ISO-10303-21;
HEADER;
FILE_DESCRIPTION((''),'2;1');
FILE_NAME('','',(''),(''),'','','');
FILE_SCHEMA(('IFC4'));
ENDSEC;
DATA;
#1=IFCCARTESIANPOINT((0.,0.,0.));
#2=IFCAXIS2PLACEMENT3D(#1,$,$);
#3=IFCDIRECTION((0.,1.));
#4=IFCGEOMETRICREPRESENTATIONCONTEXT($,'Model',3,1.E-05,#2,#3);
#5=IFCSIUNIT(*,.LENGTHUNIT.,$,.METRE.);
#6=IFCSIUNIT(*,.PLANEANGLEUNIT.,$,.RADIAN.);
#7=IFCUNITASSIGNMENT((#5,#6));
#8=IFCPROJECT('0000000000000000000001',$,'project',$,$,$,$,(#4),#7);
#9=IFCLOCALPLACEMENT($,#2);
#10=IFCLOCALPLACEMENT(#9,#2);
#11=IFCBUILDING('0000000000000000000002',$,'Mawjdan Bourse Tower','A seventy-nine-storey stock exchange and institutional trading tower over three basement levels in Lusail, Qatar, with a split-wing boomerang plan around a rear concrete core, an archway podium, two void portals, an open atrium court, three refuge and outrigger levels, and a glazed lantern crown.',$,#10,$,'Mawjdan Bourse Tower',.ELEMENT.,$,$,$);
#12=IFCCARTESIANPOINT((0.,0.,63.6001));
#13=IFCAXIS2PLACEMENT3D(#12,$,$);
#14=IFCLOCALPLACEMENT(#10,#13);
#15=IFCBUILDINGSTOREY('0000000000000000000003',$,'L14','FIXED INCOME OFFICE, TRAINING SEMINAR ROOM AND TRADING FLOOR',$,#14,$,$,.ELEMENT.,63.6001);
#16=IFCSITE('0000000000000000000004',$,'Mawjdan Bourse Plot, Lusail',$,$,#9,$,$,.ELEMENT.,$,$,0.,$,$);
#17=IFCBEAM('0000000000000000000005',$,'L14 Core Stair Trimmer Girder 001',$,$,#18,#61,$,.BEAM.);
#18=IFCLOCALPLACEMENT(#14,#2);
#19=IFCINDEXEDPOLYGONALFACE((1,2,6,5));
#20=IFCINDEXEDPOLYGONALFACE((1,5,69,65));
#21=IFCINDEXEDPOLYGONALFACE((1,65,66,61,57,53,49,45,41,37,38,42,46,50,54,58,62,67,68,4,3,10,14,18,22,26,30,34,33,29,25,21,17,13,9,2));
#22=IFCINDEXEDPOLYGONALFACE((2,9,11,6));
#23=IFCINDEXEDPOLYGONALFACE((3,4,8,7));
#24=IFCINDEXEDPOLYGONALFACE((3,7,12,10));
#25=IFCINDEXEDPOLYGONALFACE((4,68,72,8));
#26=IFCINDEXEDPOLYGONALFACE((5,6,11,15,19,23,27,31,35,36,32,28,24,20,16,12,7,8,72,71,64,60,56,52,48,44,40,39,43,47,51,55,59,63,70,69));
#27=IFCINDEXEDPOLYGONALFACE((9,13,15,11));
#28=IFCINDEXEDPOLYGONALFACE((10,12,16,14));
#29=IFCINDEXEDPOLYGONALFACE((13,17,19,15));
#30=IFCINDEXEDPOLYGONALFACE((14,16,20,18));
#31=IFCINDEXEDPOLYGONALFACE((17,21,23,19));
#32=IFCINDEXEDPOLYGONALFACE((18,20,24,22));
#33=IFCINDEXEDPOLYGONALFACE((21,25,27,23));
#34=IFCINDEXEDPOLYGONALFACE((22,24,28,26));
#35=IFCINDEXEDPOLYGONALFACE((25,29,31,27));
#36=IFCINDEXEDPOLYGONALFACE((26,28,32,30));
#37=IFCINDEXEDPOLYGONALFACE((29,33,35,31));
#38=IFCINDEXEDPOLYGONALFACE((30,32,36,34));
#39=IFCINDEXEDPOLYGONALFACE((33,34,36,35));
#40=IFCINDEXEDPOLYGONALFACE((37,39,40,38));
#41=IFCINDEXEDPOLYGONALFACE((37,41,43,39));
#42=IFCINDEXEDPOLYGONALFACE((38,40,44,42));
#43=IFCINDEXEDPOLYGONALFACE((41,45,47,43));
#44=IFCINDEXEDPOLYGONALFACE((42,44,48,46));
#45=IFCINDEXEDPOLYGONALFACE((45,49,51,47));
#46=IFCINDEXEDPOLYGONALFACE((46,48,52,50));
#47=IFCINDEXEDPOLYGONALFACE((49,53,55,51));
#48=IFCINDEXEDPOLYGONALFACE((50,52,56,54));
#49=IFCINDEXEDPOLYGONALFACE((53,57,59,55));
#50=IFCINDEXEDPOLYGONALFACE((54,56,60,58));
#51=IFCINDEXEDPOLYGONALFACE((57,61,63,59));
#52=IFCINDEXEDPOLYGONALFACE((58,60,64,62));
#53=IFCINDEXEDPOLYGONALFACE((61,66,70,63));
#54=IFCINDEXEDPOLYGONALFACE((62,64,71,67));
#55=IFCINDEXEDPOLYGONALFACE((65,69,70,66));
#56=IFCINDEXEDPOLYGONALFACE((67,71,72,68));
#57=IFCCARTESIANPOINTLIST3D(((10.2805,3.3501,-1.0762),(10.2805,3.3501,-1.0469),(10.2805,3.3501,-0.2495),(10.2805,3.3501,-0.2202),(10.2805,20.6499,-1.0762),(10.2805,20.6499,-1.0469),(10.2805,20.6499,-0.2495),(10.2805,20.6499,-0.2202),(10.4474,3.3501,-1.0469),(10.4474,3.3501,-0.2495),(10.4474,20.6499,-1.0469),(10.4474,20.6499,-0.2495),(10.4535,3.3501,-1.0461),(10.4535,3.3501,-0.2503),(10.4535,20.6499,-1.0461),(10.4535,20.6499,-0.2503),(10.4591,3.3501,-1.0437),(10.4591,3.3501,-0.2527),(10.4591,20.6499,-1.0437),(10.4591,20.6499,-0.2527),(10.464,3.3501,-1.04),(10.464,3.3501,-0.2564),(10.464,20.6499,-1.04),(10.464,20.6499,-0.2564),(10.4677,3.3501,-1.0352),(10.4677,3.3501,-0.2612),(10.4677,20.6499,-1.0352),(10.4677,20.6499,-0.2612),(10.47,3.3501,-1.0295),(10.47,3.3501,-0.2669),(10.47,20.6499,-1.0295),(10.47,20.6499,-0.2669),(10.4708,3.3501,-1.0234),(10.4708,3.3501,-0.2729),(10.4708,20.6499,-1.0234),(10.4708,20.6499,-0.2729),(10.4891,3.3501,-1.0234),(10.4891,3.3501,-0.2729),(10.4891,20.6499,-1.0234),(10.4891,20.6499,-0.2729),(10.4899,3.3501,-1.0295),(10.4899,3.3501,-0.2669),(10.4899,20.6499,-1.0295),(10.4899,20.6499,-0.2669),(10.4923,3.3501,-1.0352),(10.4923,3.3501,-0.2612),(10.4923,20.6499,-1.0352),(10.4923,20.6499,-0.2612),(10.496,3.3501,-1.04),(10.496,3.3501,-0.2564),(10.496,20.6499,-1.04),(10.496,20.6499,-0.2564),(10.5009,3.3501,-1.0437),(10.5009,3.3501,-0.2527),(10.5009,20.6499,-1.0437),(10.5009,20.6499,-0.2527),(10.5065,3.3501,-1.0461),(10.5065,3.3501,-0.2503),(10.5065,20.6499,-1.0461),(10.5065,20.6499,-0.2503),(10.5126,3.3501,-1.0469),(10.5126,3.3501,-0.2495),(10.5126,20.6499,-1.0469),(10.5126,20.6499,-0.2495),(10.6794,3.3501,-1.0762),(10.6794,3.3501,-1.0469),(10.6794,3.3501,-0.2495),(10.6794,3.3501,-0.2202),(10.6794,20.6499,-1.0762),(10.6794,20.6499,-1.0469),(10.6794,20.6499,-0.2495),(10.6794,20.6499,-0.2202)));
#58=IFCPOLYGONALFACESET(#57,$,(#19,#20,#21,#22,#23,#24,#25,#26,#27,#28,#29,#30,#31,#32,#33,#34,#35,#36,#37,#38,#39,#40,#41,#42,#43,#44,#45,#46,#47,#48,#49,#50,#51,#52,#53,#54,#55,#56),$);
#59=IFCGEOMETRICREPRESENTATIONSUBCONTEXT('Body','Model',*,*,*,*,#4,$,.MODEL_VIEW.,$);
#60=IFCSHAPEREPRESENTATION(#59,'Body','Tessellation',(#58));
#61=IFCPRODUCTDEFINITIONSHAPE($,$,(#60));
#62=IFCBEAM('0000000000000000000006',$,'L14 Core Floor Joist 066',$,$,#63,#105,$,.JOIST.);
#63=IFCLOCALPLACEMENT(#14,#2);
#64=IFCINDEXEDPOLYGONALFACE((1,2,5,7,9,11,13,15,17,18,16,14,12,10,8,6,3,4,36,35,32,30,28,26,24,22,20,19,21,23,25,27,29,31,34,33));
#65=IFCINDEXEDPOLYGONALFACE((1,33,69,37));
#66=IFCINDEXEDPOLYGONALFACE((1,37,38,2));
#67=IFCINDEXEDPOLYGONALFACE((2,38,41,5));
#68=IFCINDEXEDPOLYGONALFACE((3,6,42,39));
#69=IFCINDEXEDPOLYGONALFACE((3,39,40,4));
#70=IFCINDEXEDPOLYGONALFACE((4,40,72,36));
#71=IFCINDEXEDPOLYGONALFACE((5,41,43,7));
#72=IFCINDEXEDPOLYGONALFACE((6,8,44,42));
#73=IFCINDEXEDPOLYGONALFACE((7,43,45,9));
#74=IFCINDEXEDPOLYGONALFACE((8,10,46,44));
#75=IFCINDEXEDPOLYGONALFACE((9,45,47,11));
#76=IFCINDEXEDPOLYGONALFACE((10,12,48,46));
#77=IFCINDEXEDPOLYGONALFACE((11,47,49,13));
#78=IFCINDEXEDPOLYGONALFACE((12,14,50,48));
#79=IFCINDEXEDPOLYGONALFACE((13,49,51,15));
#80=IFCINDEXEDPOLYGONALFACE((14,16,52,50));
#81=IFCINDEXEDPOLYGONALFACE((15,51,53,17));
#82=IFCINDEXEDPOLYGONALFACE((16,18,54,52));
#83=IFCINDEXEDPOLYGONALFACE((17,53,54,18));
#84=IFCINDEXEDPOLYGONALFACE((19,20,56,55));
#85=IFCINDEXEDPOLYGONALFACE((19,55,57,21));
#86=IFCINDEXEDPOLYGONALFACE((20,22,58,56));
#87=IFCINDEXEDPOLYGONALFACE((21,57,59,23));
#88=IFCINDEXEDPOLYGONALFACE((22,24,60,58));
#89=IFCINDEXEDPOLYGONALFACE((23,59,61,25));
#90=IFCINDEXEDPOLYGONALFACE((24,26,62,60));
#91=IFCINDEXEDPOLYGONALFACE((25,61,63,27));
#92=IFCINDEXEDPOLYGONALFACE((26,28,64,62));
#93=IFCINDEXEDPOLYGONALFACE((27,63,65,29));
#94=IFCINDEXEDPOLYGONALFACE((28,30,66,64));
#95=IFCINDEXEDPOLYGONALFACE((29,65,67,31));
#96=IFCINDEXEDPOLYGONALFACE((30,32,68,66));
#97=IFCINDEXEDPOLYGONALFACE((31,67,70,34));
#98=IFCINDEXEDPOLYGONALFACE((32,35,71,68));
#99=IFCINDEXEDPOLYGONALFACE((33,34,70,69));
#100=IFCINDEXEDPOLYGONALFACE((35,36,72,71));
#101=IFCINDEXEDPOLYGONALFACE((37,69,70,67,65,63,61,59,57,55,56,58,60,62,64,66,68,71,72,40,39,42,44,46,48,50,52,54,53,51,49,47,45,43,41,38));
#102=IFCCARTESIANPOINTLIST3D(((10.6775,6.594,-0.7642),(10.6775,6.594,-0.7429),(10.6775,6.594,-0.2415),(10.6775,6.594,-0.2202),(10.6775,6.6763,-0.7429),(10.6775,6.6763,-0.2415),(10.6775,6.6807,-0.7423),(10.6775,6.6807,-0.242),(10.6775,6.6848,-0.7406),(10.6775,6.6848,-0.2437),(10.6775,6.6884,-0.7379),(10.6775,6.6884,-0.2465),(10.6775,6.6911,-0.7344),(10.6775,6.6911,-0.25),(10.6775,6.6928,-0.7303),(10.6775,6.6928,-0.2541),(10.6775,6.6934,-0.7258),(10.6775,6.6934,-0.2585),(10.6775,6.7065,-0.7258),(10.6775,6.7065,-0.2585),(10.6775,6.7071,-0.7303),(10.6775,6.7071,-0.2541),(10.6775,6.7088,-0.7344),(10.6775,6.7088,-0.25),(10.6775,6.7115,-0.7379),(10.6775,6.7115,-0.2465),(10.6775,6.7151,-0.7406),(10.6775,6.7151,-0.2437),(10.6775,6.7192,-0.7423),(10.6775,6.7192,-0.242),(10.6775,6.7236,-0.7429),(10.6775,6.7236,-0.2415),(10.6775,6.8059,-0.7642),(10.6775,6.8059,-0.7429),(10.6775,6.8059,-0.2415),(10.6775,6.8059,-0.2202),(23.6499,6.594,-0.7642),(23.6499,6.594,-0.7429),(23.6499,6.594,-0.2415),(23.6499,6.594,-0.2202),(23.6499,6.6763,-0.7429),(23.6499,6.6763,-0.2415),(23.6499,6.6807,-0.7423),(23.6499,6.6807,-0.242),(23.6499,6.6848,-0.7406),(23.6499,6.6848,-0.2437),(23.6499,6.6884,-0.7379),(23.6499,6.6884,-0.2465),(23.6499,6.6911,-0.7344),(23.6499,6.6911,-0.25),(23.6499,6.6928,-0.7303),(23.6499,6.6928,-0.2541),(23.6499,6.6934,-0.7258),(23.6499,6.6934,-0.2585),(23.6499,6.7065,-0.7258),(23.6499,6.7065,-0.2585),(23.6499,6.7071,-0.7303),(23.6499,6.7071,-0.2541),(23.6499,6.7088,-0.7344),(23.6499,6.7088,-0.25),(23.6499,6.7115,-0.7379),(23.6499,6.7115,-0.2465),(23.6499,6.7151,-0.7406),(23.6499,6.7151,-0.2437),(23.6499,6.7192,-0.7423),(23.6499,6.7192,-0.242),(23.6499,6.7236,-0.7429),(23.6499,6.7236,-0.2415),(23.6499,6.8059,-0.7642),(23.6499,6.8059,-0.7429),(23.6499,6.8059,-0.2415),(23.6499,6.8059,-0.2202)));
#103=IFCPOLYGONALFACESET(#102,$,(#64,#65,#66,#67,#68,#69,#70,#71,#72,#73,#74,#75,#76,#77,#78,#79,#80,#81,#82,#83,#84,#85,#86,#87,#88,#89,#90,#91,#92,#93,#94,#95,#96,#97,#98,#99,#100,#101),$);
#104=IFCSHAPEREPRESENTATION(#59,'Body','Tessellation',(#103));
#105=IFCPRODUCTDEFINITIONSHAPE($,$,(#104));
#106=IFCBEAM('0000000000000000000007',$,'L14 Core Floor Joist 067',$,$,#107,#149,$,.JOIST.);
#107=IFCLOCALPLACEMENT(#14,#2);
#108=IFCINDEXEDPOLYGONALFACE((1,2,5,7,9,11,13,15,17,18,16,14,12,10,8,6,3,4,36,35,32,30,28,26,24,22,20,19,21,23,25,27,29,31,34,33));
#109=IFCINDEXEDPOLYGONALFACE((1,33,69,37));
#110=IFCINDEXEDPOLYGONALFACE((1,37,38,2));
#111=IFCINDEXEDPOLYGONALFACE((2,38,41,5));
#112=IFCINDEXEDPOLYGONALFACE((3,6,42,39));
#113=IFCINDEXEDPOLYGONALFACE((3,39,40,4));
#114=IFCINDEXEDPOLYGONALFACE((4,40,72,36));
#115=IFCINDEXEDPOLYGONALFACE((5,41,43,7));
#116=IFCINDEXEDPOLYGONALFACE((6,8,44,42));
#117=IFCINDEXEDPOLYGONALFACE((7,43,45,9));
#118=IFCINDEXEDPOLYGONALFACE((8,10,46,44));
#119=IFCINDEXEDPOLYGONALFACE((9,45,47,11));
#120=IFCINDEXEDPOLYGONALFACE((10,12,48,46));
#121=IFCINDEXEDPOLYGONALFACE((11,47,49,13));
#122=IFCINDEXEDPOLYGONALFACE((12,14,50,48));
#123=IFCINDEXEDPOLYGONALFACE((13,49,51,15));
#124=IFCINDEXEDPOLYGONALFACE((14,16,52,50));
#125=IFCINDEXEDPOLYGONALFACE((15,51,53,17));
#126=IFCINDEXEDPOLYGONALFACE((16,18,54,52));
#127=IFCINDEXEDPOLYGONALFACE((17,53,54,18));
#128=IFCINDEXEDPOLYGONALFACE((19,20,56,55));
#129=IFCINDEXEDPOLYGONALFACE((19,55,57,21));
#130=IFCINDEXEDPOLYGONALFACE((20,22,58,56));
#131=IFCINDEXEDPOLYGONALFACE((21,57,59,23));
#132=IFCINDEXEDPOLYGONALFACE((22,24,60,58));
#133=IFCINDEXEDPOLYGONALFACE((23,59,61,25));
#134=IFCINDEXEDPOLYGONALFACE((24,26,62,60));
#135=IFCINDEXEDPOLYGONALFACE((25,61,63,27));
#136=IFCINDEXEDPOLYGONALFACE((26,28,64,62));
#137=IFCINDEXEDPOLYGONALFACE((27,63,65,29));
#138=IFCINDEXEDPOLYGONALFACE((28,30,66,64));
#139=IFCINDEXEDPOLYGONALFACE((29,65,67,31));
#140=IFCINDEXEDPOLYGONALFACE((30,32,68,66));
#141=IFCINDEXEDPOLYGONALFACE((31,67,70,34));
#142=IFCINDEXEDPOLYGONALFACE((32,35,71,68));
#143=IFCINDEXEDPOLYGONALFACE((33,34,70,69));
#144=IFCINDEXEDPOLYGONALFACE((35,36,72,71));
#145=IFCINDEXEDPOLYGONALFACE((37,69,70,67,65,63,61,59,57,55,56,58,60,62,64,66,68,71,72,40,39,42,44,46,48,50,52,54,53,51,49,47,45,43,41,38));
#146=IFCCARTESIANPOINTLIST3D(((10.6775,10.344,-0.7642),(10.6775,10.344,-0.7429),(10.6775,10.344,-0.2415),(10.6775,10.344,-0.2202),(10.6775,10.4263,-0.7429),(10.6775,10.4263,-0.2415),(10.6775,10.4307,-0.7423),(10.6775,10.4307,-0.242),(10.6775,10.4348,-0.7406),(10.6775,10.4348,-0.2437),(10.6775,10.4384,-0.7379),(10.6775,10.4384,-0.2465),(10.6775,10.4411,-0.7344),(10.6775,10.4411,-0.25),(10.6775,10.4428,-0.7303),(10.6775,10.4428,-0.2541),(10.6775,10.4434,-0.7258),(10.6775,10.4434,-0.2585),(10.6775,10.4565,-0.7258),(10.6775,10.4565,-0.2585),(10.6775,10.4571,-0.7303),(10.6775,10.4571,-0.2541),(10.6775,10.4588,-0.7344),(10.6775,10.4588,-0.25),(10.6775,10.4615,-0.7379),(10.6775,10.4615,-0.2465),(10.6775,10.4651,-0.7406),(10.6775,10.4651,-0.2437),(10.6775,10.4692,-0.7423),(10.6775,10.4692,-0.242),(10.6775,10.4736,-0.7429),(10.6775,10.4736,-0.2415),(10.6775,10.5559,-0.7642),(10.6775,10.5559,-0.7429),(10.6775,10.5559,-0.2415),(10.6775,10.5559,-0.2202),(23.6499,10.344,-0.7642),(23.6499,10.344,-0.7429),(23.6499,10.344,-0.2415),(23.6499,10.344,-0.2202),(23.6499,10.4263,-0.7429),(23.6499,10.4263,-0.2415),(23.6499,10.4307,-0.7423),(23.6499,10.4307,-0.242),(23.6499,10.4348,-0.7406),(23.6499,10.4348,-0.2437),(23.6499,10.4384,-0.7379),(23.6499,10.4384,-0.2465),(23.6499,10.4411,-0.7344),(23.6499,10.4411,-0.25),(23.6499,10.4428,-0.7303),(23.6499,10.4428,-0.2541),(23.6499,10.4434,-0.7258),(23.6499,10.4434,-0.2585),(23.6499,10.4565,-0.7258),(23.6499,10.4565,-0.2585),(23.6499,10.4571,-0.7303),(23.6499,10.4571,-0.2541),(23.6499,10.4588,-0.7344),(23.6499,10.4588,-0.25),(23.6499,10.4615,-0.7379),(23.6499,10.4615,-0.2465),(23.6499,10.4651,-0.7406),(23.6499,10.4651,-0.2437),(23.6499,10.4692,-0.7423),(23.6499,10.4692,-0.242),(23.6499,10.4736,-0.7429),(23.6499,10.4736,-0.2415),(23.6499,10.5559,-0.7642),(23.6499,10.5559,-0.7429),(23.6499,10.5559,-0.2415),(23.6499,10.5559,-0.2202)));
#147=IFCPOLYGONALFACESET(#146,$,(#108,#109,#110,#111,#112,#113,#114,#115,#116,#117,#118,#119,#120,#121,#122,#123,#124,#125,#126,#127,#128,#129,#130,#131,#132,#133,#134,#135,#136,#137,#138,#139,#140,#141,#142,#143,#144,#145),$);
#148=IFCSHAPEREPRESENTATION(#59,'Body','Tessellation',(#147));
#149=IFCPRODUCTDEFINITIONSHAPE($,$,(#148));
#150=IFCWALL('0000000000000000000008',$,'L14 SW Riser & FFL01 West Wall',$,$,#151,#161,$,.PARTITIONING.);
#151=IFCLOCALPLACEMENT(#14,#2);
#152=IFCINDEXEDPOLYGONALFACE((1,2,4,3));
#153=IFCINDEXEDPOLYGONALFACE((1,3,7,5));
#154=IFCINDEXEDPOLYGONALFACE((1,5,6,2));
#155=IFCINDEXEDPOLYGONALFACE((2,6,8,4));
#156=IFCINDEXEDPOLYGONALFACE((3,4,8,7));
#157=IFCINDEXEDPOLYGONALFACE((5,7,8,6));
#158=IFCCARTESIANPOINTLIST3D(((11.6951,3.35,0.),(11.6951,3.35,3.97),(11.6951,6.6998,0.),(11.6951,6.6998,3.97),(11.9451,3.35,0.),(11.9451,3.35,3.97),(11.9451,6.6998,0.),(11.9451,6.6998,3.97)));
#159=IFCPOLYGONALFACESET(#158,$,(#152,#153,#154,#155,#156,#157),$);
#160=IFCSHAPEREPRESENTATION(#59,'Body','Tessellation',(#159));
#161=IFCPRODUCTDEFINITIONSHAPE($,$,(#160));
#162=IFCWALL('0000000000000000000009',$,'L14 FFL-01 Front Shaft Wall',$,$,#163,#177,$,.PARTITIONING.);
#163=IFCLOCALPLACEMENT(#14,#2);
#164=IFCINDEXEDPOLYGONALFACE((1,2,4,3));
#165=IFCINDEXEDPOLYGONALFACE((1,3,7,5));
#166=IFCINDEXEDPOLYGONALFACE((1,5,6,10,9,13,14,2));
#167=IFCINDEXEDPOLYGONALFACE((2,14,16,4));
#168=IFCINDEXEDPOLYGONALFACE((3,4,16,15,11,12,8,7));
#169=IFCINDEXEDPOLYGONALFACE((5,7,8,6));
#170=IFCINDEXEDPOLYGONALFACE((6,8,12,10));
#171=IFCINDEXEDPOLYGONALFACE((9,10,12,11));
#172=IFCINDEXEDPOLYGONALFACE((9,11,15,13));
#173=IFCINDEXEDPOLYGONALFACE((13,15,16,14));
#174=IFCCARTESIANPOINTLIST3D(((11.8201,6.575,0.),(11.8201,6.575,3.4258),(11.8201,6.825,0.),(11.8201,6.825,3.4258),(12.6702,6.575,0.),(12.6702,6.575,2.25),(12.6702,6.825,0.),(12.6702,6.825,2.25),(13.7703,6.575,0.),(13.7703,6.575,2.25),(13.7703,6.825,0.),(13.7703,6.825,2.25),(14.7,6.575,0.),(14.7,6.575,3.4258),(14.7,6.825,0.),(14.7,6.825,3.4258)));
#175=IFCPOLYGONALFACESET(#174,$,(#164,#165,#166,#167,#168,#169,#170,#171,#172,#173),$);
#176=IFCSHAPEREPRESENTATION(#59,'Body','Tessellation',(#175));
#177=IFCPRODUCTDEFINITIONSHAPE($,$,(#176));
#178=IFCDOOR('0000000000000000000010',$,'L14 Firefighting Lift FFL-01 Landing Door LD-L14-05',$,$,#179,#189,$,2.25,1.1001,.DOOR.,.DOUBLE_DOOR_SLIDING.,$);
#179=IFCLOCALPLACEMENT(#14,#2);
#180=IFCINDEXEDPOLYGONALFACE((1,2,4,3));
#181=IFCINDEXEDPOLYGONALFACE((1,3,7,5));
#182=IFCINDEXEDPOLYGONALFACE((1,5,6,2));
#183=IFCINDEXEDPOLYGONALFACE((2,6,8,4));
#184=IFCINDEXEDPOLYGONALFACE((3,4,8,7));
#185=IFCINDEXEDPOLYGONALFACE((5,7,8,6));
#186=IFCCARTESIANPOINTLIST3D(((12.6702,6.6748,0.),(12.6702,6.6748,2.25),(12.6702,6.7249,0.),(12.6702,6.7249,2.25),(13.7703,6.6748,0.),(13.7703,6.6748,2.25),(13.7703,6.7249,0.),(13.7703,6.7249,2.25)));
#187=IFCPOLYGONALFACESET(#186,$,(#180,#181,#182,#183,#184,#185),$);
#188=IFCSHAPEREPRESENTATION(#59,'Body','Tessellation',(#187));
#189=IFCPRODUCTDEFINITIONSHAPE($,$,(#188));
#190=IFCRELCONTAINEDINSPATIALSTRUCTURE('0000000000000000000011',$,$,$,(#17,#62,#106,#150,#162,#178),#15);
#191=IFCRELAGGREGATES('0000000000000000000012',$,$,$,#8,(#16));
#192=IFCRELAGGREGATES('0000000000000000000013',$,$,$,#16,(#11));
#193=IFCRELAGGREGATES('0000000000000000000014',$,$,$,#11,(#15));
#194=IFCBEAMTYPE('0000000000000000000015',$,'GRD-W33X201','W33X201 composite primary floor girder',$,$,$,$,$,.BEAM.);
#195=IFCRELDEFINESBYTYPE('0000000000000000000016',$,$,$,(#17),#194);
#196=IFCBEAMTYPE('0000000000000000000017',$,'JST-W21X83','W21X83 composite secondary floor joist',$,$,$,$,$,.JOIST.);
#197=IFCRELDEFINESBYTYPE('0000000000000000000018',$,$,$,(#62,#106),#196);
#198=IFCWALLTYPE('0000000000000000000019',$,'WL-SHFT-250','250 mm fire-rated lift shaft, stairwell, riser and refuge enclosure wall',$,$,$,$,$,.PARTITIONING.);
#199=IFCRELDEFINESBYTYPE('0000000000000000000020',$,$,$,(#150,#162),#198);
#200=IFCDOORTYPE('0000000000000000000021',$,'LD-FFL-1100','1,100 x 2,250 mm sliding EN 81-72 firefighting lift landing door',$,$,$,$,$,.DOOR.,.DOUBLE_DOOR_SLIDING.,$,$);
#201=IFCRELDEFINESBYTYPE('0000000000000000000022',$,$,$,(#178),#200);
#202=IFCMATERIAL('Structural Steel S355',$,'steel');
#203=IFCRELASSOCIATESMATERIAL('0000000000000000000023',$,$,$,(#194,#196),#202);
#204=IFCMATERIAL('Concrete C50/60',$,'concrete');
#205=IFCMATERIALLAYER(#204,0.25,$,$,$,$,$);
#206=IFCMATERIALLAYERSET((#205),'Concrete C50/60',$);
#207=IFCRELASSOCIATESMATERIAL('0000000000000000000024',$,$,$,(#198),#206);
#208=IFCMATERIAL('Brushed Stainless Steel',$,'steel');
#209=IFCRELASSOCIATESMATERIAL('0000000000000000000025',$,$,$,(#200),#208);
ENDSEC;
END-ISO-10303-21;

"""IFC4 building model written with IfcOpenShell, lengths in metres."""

from ifc_helpers import new_model, si_unit, direction, frame, frame_2d, origin, origin_2d, place, context, subcontext, project, spatial, rectangle, i_section, extrude, material, layer, layer_set, material_profile, profile_set, type_object, element, fill, save


model = new_model("IFC4")

# Units and contexts
model_context = context("Model", 3, precision=1e-05, world=origin(), true_north=direction((0.0, 1.0)))
body_context = subcontext(model_context, "Body", "Model", "MODEL_VIEW")
ifc_project = project(units=[si_unit("LENGTHUNIT", "METRE"), si_unit("PLANEANGLEUNIT", "RADIAN")], contexts=[model_context])

# Site, building, storey
site_placement = place(None, origin())
site = spatial("IfcSite", under=ifc_project, at=site_placement, Name="Mawjdan Bourse Plot, Lusail", CompositionType="ELEMENT", RefElevation=0.0)
building_placement = place(site_placement, origin())
building = spatial("IfcBuilding", under=site, at=building_placement, Name="Mawjdan Bourse Tower", Description="A seventy-nine-storey stock exchange and institutional trading tower over three basement levels in Lusail, Qatar, with a split-wing boomerang plan around a rear concrete core, an archway podium, two void portals, an open atrium court, three refuge and outrigger levels, and a glazed lantern crown.", LongName="Mawjdan Bourse Tower", CompositionType="ELEMENT")
storey_placement = place(building_placement, frame((0.0, 0.0, 63.6001)))
storey = spatial("IfcBuildingStorey", under=building, at=storey_placement, Name="L14", Description="FIXED INCOME OFFICE, TRAINING SEMINAR ROOM AND TRADING FLOOR", CompositionType="ELEMENT", Elevation=63.6001)

# Beams
ifc_material_1 = material(Name="Structural Steel S355", Category="steel")
ifc_material_profile_1 = material_profile(ifc_material_1, i_section(OverallWidth=0.3989, OverallDepth=0.856, WebThickness=0.0183, FlangeThickness=0.0293, FilletRadius=0.0234, at=origin_2d()), Name="W33X201")
ifc_profile_set_1 = profile_set([ifc_material_profile_1], Name="Structural Steel S355")
beam_type_1 = type_object("IfcBeamType", Name="GRD-W33X201", Description="W33X201 composite primary floor girder", PredefinedType="BEAM", material=ifc_profile_set_1)
beam_placement = place(storey_placement, frame((10.48, 3.3501, -0.6482), z_axis=(0.0, 1.0, 0.0), x_axis=(-1.0, 0.0, 0.0)))
element("IfcBeam", 1, at=beam_placement, inside=storey, type_object=beam_type_1, Name="L14 Core Stair Trimmer Girder 001", PredefinedType="BEAM", context=body_context, shape_type="SweptSolid", body=[
    extrude(i_section(OverallWidth=0.3989, OverallDepth=0.856, WebThickness=0.0183, FlangeThickness=0.0293, FilletRadius=0.0234, at=origin_2d()), origin(), (0.0, 0.0, 1.0), 17.2998),
])
ifc_material_profile_2 = material_profile(ifc_material_1, i_section(OverallWidth=0.2119, OverallDepth=0.5439, WebThickness=0.0132, FlangeThickness=0.0212, FilletRadius=0.0171, at=origin_2d()), Name="W21X83")
ifc_profile_set_2 = profile_set([ifc_material_profile_2], Name="Structural Steel S355")
beam_type_2 = type_object("IfcBeamType", Name="JST-W21X83", Description="W21X83 composite secondary floor joist", PredefinedType="JOIST", material=ifc_profile_set_2)
for number, where, z_axis, x_axis, name in (
    (2, (10.6775, 6.7, -0.4922), (1.0, 0.0, 0.0), (0.0, 1.0, 0.0), "L14 Core Floor Joist 066"),
    (3, (10.6775, 10.45, -0.4922), (1.0, 0.0, 0.0), (0.0, 1.0, 0.0), "L14 Core Floor Joist 067"),
):
    element("IfcBeam", number, at=place(storey_placement, frame(where, z_axis=z_axis, x_axis=x_axis)), inside=storey, type_object=beam_type_2, Name=name, PredefinedType="JOIST", context=body_context, shape_type="SweptSolid", body=[
        extrude(i_section(OverallWidth=0.2119, OverallDepth=0.5439, WebThickness=0.0132, FlangeThickness=0.0212, FilletRadius=0.0171, at=origin_2d()), origin(), (0.0, 0.0, 1.0), 12.9724),
    ])

# Wall
ifc_material_2 = material(Name="Concrete C50/60", Category="concrete")
ifc_layer = layer(ifc_material_2, 0.25)
ifc_layer_set = layer_set([ifc_layer], Name="Concrete C50/60")
wall_type = type_object("IfcWallType", Name="WL-SHFT-250", Description="250 mm fire-rated lift shaft, stairwell, riser and refuge enclosure wall", PredefinedType="PARTITIONING", material=ifc_layer_set)
wall_1_placement = place(storey_placement, frame((11.8201, 3.3501, 0.0), z_axis=(0.0, 0.0, 1.0), x_axis=(0.0, 1.0, 0.0)))
element("IfcWall", 4, at=wall_1_placement, inside=storey, type_object=wall_type, Name="L14 SW Riser & FFL01 West Wall", PredefinedType="PARTITIONING", context=body_context, shape_type="SweptSolid", body=[
    extrude(rectangle(XDim=3.3499, YDim=0.25, at=frame_2d((1.6748, 0.0))), origin(), (0.0, 0.0, 1.0), 3.97),
])

# Wall, opening, door
wall_2_placement = place(storey_placement, frame((11.8201, 6.7, 0.0), z_axis=(0.0, 0.0, 1.0), x_axis=(1.0, 0.0, 0.0)))
wall_2 = element("IfcWall", 5, at=wall_2_placement, inside=storey, type_object=wall_type, Name="L14 FFL-01 Front Shaft Wall", PredefinedType="PARTITIONING", context=body_context, shape_type="SweptSolid", body=[
    extrude(rectangle(XDim=2.8799, YDim=0.25, at=frame_2d((1.4399, 0.0))), origin(), (0.0, 0.0, 1.0), 3.4258),
])
opening_1_placement = place(wall_2_placement, frame((0.8501, 0.0, 0.0)))
opening_1 = element("IfcOpeningElement", 6, at=opening_1_placement, cuts=wall_2, PredefinedType="OPENING", context=body_context, shape_type="SweptSolid", body=[
    extrude(rectangle(XDim=1.1001, YDim=2.25, at=frame_2d((0.55, 1.125))), frame((0.0, 0.135, 0.0), z_axis=(0.0, -1.0, 0.0), x_axis=(1.0, 0.0, 0.0)), (0.0, 0.0, 1.0), 0.27),
])
ifc_material_3 = material(Name="Brushed Stainless Steel", Category="steel")
door_type_1 = type_object("IfcDoorType", Name="LD-FFL-1100", Description="1,100 x 2,250 mm sliding EN 81-72 firefighting lift landing door", OperationType="DOUBLE_DOOR_SLIDING", PredefinedType="DOOR", material=ifc_material_3)
door_1_placement = place(opening_1_placement, origin())
door_1 = element("IfcDoor", 7, at=door_1_placement, inside=storey, type_object=door_type_1, Name="L14 Firefighting Lift FFL-01 Landing Door LD-L14-05", OperationType="DOUBLE_DOOR_SLIDING", OverallHeight=2.25, OverallWidth=1.1001, PredefinedType="DOOR", context=body_context, shape_type="SweptSolid", body=[
    extrude(rectangle(XDim=1.1001, YDim=2.25, at=frame_2d((0.55, 1.125))), frame((0.0, 0.0249, 0.0), z_axis=(0.0, -1.0, 0.0), x_axis=(1.0, 0.0, 0.0)), (0.0, 0.0, 1.0), 0.05),
])
fill(opening_1, door_1)

save(model, "model.ifc")
